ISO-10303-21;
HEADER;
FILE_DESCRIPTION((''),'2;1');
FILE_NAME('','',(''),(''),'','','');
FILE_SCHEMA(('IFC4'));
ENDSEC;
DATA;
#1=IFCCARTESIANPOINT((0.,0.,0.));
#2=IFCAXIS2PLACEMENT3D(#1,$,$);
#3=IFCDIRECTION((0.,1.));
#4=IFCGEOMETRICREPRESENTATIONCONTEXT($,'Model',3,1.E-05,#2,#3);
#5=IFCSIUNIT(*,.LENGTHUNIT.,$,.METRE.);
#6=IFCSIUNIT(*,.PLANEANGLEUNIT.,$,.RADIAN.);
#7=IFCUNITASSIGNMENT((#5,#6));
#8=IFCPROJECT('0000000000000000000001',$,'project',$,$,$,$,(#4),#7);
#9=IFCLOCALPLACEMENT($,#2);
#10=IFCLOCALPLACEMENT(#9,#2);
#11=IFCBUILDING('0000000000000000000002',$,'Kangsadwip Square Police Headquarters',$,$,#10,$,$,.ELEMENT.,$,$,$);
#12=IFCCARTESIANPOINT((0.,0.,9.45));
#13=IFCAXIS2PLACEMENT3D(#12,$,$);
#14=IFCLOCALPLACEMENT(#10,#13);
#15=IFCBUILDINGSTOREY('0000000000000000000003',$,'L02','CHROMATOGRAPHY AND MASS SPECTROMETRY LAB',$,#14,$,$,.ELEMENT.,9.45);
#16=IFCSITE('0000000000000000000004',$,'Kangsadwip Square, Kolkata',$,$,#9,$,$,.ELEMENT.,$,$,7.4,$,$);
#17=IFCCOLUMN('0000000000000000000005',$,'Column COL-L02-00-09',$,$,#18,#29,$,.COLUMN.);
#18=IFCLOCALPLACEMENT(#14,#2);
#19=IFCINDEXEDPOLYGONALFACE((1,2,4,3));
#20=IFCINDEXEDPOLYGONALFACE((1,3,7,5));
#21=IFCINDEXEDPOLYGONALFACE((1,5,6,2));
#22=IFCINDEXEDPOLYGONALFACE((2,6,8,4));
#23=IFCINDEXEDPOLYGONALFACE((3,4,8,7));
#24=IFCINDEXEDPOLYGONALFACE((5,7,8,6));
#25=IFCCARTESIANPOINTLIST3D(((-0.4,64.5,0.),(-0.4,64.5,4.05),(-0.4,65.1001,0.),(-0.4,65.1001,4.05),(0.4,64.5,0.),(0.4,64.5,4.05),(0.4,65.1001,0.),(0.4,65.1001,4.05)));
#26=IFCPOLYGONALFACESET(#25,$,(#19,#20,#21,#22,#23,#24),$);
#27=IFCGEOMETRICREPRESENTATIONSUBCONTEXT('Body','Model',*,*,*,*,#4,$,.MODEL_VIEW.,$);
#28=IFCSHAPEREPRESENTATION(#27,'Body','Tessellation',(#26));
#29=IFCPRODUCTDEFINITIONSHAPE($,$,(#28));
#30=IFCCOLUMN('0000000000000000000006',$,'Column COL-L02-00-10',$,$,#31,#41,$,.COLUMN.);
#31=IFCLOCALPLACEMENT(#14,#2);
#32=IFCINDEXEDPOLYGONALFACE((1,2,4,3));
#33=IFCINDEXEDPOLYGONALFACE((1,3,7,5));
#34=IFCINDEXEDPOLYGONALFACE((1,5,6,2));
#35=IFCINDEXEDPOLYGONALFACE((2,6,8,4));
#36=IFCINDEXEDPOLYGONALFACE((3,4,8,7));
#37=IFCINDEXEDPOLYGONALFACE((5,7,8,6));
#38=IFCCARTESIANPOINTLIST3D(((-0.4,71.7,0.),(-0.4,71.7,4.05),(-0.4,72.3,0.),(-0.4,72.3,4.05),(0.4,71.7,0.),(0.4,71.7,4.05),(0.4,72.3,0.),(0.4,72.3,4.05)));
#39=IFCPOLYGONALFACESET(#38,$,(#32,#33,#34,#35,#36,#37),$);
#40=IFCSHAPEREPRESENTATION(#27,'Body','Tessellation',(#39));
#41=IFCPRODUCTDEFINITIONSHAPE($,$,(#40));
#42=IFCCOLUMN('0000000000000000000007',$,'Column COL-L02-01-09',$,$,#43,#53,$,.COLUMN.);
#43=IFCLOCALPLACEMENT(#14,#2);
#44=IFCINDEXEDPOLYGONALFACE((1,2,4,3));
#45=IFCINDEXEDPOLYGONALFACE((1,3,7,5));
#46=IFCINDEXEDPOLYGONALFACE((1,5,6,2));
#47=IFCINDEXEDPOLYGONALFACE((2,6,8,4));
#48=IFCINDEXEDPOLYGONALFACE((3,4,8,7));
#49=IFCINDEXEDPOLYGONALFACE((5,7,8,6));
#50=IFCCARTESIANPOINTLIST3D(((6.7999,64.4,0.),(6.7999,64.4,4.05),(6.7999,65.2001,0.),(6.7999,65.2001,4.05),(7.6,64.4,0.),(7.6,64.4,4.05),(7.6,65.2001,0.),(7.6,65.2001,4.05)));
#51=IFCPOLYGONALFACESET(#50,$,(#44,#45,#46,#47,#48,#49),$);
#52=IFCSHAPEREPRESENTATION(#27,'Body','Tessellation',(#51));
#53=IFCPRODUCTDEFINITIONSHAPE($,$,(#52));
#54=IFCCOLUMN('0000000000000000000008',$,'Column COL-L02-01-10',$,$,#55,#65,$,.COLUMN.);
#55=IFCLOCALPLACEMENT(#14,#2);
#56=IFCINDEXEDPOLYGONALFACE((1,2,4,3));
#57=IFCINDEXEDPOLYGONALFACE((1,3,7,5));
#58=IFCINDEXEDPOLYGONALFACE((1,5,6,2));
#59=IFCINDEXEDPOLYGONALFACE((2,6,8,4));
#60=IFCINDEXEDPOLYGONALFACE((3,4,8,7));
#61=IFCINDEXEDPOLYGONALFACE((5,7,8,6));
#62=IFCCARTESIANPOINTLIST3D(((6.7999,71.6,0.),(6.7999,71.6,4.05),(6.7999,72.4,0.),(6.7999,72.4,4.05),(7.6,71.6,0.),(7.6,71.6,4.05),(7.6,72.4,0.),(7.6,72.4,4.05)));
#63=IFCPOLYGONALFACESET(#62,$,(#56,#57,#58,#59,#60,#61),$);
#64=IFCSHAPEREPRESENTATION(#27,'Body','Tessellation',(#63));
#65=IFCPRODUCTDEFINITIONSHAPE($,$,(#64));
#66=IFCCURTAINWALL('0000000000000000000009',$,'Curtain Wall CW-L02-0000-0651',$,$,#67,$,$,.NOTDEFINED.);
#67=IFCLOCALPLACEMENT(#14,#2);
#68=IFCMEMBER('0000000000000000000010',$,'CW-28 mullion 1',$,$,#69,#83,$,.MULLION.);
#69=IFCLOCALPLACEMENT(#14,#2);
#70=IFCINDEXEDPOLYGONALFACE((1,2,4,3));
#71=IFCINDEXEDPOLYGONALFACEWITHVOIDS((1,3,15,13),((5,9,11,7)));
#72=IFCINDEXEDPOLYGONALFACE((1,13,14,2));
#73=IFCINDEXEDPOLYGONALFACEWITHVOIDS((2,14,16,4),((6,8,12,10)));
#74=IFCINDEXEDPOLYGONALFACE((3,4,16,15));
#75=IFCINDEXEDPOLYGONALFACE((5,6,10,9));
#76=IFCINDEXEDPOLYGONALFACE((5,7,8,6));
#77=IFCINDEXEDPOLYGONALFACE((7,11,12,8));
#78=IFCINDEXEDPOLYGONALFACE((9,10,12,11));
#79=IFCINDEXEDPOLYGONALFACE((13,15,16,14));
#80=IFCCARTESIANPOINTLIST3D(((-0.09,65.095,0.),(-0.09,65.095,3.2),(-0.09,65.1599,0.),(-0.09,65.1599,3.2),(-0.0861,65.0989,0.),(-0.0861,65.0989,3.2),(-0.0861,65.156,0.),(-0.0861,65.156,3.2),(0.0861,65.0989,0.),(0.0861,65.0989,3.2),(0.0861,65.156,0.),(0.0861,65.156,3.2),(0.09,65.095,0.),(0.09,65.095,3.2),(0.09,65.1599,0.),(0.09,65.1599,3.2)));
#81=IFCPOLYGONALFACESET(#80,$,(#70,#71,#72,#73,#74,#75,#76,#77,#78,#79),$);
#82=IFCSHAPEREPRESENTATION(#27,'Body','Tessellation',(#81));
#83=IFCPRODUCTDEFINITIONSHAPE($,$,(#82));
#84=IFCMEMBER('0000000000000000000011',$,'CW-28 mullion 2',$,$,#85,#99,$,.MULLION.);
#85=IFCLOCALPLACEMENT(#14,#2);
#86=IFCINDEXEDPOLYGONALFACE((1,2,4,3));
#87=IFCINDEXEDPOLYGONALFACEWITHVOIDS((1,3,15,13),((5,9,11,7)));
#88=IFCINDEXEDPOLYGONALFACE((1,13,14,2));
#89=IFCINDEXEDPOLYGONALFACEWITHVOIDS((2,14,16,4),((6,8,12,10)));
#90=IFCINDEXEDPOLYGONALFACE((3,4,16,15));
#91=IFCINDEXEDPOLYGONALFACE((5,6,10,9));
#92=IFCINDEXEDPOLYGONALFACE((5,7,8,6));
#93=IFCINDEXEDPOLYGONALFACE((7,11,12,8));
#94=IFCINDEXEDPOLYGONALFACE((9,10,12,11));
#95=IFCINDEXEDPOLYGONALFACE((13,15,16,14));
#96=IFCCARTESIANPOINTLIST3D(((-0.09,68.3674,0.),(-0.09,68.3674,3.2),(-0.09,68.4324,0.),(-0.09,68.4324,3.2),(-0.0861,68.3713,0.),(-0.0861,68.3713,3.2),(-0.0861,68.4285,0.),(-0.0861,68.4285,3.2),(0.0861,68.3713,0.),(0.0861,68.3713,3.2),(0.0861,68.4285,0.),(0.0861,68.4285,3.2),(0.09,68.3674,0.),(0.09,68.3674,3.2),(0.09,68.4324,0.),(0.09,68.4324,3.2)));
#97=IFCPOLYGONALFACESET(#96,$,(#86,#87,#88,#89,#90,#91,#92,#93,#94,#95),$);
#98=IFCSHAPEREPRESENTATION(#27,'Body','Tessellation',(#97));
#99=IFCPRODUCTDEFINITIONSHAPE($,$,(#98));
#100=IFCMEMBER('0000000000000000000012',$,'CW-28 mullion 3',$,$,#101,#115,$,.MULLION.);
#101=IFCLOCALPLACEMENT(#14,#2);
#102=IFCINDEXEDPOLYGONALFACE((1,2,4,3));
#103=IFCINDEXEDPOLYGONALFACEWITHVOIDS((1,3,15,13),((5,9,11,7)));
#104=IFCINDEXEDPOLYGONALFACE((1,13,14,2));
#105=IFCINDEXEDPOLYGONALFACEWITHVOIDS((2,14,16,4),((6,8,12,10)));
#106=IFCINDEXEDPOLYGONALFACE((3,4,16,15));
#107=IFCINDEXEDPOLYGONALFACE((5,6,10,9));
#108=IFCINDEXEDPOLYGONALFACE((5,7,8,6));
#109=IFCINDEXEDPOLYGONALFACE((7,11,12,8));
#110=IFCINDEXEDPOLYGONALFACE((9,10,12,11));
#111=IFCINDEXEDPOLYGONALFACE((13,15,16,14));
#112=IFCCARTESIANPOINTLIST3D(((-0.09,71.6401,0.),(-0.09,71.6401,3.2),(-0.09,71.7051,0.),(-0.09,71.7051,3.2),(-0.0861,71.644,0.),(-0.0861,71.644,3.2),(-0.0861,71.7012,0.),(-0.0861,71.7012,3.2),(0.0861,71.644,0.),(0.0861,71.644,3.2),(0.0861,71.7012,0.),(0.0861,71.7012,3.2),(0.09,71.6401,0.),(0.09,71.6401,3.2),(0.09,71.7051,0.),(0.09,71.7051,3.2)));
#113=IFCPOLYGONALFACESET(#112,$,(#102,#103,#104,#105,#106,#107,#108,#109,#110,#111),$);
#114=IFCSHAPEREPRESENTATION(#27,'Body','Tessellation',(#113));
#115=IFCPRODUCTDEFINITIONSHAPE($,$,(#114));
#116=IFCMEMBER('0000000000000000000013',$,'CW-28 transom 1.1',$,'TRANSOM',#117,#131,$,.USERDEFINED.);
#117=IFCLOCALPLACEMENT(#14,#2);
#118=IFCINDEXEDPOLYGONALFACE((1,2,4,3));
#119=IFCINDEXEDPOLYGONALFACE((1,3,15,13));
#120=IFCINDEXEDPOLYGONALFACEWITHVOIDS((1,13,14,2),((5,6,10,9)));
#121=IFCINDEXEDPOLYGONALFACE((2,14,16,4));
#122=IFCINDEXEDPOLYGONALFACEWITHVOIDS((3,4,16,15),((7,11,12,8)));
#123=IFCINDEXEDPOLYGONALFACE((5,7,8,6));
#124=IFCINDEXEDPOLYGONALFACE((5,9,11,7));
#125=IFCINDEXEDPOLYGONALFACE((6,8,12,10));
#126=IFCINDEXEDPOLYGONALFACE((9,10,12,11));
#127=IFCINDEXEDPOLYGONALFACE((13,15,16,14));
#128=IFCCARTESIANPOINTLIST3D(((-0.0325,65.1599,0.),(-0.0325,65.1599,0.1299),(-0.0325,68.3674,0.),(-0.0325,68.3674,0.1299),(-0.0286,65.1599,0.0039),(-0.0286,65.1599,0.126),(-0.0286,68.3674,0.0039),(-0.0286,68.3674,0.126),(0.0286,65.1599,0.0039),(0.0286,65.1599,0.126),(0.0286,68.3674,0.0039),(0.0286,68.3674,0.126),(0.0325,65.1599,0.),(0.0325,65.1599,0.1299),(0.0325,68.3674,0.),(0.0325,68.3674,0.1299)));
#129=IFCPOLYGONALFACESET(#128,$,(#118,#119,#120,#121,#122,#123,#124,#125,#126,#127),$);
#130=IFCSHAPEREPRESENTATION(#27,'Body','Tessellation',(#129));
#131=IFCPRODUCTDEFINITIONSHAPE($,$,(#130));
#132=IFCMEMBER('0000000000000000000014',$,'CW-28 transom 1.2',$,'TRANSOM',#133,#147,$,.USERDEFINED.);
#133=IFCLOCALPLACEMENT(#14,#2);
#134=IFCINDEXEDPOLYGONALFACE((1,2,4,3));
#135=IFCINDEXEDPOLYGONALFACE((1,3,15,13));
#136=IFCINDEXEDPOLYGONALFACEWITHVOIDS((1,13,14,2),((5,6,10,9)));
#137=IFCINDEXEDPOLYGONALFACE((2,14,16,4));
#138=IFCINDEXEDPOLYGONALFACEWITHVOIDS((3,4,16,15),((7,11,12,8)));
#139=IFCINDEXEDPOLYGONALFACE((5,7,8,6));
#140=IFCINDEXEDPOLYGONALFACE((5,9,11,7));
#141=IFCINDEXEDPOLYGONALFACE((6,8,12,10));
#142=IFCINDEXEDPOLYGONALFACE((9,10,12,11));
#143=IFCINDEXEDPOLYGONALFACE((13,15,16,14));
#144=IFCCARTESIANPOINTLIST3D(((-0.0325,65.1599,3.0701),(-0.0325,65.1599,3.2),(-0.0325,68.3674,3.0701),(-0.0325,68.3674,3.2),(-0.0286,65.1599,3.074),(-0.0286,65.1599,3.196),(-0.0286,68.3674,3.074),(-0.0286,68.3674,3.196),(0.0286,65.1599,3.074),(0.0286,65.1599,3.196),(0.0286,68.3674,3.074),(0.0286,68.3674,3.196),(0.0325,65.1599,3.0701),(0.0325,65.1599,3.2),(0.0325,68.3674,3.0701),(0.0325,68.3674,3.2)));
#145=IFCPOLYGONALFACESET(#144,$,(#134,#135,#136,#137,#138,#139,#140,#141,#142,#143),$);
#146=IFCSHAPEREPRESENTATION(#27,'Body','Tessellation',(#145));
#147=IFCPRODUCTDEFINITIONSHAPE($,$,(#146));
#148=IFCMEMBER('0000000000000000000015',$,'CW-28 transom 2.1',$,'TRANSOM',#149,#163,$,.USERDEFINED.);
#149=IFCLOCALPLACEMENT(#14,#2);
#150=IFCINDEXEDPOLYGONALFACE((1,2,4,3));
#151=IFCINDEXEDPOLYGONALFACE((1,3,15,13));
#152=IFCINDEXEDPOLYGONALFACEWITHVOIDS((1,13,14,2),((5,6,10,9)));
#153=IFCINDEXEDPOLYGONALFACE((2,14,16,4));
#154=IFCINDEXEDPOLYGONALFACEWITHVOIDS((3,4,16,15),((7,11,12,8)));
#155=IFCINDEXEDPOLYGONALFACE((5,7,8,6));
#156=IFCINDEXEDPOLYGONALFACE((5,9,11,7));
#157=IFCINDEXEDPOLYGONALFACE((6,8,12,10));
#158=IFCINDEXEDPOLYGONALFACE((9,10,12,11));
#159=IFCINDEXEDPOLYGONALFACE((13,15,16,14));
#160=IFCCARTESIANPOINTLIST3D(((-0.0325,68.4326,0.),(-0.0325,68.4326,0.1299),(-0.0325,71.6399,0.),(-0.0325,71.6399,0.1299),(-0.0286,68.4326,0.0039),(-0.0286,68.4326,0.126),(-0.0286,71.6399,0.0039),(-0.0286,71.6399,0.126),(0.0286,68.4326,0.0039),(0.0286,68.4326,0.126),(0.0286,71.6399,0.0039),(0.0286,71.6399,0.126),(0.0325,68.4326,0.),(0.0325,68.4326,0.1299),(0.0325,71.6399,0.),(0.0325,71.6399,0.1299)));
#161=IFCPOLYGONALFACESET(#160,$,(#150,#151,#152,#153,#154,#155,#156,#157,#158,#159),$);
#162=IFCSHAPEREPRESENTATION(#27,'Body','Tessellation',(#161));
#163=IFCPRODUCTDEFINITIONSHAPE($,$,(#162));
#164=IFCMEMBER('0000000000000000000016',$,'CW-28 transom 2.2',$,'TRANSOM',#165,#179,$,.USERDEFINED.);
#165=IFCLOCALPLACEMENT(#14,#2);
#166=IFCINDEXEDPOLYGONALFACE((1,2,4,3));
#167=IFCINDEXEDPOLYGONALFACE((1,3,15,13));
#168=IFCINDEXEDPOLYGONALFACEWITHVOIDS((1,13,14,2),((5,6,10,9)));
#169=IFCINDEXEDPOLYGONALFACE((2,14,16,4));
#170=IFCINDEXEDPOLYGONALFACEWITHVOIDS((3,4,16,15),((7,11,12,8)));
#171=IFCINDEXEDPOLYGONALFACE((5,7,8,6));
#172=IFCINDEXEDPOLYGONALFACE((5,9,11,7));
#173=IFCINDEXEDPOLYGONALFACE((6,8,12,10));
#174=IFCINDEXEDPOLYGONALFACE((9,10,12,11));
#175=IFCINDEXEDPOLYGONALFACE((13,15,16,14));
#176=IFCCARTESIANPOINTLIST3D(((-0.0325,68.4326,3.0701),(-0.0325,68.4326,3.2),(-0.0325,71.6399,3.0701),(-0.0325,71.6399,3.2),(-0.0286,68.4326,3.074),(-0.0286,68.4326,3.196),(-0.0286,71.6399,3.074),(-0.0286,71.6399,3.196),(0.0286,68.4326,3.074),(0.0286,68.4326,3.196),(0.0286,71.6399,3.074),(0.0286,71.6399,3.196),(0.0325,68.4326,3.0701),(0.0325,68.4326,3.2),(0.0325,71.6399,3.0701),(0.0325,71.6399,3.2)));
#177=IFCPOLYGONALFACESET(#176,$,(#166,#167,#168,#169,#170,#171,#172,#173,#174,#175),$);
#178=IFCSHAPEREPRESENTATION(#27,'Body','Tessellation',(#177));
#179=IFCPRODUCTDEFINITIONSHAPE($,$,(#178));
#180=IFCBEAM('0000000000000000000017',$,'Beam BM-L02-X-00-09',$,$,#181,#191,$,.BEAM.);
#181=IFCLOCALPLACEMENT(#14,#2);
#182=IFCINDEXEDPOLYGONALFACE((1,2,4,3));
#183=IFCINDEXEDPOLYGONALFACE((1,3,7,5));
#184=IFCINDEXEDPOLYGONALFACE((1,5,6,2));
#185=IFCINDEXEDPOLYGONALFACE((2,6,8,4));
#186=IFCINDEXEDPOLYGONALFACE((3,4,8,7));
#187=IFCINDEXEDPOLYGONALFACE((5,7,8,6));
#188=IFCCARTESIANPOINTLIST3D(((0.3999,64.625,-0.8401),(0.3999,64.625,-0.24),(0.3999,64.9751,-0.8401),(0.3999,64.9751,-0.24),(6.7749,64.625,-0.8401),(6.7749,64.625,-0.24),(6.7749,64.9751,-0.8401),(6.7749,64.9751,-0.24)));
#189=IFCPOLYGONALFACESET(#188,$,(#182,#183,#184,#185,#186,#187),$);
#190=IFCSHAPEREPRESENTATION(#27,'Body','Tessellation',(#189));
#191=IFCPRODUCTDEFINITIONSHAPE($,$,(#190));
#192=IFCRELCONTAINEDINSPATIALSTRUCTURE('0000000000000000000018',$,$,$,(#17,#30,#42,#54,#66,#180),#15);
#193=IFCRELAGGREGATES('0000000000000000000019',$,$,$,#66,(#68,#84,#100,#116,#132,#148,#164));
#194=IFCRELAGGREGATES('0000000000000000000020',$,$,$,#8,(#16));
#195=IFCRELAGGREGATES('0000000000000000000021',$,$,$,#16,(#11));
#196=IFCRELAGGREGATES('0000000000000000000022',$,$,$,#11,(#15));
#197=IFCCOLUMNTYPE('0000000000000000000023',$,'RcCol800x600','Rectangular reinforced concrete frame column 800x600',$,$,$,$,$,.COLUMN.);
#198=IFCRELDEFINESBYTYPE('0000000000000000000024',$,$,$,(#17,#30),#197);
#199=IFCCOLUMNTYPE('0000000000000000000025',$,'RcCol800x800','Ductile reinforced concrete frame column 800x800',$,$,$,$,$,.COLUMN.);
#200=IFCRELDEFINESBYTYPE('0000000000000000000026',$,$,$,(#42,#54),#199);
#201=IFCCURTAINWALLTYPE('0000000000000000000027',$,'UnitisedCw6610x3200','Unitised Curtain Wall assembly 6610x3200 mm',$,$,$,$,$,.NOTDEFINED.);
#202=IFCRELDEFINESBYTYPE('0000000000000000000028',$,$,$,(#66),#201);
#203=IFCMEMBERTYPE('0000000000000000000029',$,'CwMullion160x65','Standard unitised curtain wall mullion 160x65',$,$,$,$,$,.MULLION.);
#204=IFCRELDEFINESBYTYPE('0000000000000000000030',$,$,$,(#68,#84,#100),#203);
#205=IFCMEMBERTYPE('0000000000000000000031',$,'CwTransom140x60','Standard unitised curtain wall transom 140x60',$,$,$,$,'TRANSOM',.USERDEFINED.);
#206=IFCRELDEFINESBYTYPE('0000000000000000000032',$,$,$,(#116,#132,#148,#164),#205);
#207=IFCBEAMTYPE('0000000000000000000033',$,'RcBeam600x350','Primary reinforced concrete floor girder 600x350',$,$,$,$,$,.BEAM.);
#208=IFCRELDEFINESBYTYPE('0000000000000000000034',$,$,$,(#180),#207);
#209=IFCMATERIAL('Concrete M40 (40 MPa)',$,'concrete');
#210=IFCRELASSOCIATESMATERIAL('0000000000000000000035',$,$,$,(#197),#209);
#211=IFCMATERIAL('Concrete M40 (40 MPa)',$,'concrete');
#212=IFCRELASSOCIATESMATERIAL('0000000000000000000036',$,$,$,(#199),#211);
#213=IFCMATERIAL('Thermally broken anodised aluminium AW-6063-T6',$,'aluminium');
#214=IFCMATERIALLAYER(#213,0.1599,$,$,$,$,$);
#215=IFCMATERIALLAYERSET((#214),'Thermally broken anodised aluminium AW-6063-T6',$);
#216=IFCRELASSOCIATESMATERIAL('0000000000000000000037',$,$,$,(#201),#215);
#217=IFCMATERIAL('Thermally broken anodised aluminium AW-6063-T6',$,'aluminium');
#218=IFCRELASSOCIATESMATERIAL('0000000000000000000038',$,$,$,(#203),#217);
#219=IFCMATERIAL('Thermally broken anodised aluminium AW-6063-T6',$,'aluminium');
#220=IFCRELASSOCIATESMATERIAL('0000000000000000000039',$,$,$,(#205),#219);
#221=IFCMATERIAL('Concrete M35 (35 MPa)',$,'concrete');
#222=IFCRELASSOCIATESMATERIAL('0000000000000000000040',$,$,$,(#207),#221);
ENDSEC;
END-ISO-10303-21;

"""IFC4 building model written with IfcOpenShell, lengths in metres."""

from ifc_helpers import new_model, si_unit, direction, frame, origin, origin_2d, place, context, subcontext, project, spatial, rectangle, hollow_rectangle, extrude, material, layer, layer_set, material_profile, profile_set, type_object, element, aggregate, save


model = new_model("IFC4")

# Units and contexts
model_context = context("Model", 3, precision=1e-05, world=origin(), true_north=direction((0.0, 1.0)))
body_context = subcontext(model_context, "Body", "Model", "MODEL_VIEW")
ifc_project = project(units=[si_unit("LENGTHUNIT", "METRE"), si_unit("PLANEANGLEUNIT", "RADIAN")], contexts=[model_context])

# Site, building, storey
site_placement = place(None, origin())
site = spatial("IfcSite", under=ifc_project, at=site_placement, Name="Kangsadwip Square, Kolkata", CompositionType="ELEMENT", RefElevation=7.4)
building_placement = place(site_placement, origin())
building = spatial("IfcBuilding", under=site, at=building_placement, Name="Kangsadwip Square Police Headquarters", CompositionType="ELEMENT")
storey_placement = place(building_placement, frame((0.0, 0.0, 9.45)))
storey = spatial("IfcBuildingStorey", under=building, at=storey_placement, Name="L02", Description="CHROMATOGRAPHY AND MASS SPECTROMETRY LAB", CompositionType="ELEMENT", Elevation=9.45)

# Columns
ifc_material_1 = material(Name="Concrete M40 (40 MPa)", Category="concrete")
ifc_material_profile_1 = material_profile(ifc_material_1, rectangle(XDim=0.6001, YDim=0.8, at=origin_2d()), Name="RC COL 800X600")
ifc_profile_set_1 = profile_set([ifc_material_profile_1], Name="Concrete M40 (40 MPa)")
column_type_1 = type_object("IfcColumnType", Name="RcCol800x600", Description="Rectangular reinforced concrete frame column 800x600", PredefinedType="COLUMN", material=ifc_profile_set_1)
for number, where, z_axis, x_axis, name in (
    (1, (0.0, 64.8, 0.0), (0.0, 0.0, 1.0), (0.0, 1.0, 0.0), "Column COL-L02-00-09"),
    (2, (0.0, 72.0, 0.0), (0.0, 0.0, 1.0), (0.0, 1.0, 0.0), "Column COL-L02-00-10"),
):
    element("IfcColumn", number, at=place(storey_placement, frame(where, z_axis=z_axis, x_axis=x_axis)), inside=storey, type_object=column_type_1, Name=name, PredefinedType="COLUMN", context=body_context, shape_type="SweptSolid", body=[
        extrude(rectangle(XDim=0.6001, YDim=0.8, at=origin_2d()), origin(), (0.0, 0.0, 1.0), 4.05),
    ])
ifc_material_2 = material(Name="Concrete M40 (40 MPa)", Category="concrete")
ifc_material_profile_2 = material_profile(ifc_material_2, rectangle(XDim=0.8, YDim=0.8, at=origin_2d()), Name="RC COL 800X800")
ifc_profile_set_2 = profile_set([ifc_material_profile_2], Name="Concrete M40 (40 MPa)")
column_type_2 = type_object("IfcColumnType", Name="RcCol800x800", Description="Ductile reinforced concrete frame column 800x800", PredefinedType="COLUMN", material=ifc_profile_set_2)
for number, where, z_axis, x_axis, name in (
    (3, (7.2, 64.8, 0.0), (0.0, 0.0, 1.0), (1.0, 0.0, 0.0), "Column COL-L02-01-09"),
    (4, (7.2, 72.0, 0.0), (0.0, 0.0, 1.0), (1.0, 0.0, 0.0), "Column COL-L02-01-10"),
):
    element("IfcColumn", number, at=place(storey_placement, frame(where, z_axis=z_axis, x_axis=x_axis)), inside=storey, type_object=column_type_2, Name=name, PredefinedType="COLUMN", context=body_context, shape_type="SweptSolid", body=[
        extrude(rectangle(XDim=0.8, YDim=0.8, at=origin_2d()), origin(), (0.0, 0.0, 1.0), 4.05),
    ])

# Curtain wall, members
ifc_material_3 = material(Name="Thermally broken anodised aluminium AW-6063-T6", Category="aluminium")
ifc_layer_1 = layer(ifc_material_3, 0.1599)
ifc_layer_set_1 = layer_set([ifc_layer_1], Name="Thermally broken anodised aluminium AW-6063-T6")
curtain_wall_type = type_object("IfcCurtainWallType", Name="UnitisedCw6610x3200", Description="Unitised Curtain Wall assembly 6610x3200 mm", PredefinedType="NOTDEFINED", material=ifc_layer_set_1)
curtain_wall_placement = place(storey_placement, origin())
curtain_wall = element("IfcCurtainWall", 5, at=curtain_wall_placement, inside=storey, type_object=curtain_wall_type, Name="Curtain Wall CW-L02-0000-0651", PredefinedType="NOTDEFINED")
ifc_material_4 = material(Name="Thermally broken anodised aluminium AW-6063-T6", Category="aluminium")
ifc_material_profile_3 = material_profile(ifc_material_4, hollow_rectangle(XDim=0.0649, YDim=0.1799, WallThickness=0.0039, at=origin_2d()), Name="CWM 180X65X4")
ifc_profile_set_3 = profile_set([ifc_material_profile_3], Name="Thermally broken anodised aluminium AW-6063-T6")
member_type_1 = type_object("IfcMemberType", Name="CwMullion160x65", Description="Standard unitised curtain wall mullion 160x65", PredefinedType="MULLION", material=ifc_profile_set_3)
member_1_placement = place(storey_placement, frame((0.0, 65.1274, 0.0), z_axis=(0.0, 0.0, 1.0), x_axis=(0.0, 1.0, 0.0)))
member_1 = element("IfcMember", 6, at=member_1_placement, type_object=member_type_1, Name="CW-28 mullion 1", PredefinedType="MULLION", context=body_context, shape_type="SweptSolid", body=[
    extrude(hollow_rectangle(XDim=0.0649, YDim=0.1799, WallThickness=0.0039, at=origin_2d()), origin(), (0.0, 0.0, 1.0), 3.2),
])
member_2_placement = place(storey_placement, frame((0.0, 68.3999, 0.0), z_axis=(0.0, 0.0, 1.0), x_axis=(0.0, 1.0, 0.0)))
member_2 = element("IfcMember", 7, at=member_2_placement, type_object=member_type_1, Name="CW-28 mullion 2", PredefinedType="MULLION", context=body_context, shape_type="SweptSolid", body=[
    extrude(hollow_rectangle(XDim=0.0649, YDim=0.1799, WallThickness=0.0039, at=origin_2d()), origin(), (0.0, 0.0, 1.0), 3.2),
])
member_3_placement = place(storey_placement, frame((0.0, 71.6726, 0.0), z_axis=(0.0, 0.0, 1.0), x_axis=(0.0, 1.0, 0.0)))
member_3 = element("IfcMember", 8, at=member_3_placement, type_object=member_type_1, Name="CW-28 mullion 3", PredefinedType="MULLION", context=body_context, shape_type="SweptSolid", body=[
    extrude(hollow_rectangle(XDim=0.0649, YDim=0.1799, WallThickness=0.0039, at=origin_2d()), origin(), (0.0, 0.0, 1.0), 3.2),
])
ifc_material_5 = material(Name="Thermally broken anodised aluminium AW-6063-T6", Category="aluminium")
ifc_material_profile_4 = material_profile(ifc_material_5, hollow_rectangle(XDim=0.0649, YDim=0.1299, WallThickness=0.0039, at=origin_2d()), Name="CWT 130X65X4")
ifc_profile_set_4 = profile_set([ifc_material_profile_4], Name="Thermally broken anodised aluminium AW-6063-T6")
member_type_2 = type_object("IfcMemberType", Name="CwTransom140x60", Description="Standard unitised curtain wall transom 140x60", ElementType="TRANSOM", PredefinedType="USERDEFINED", material=ifc_profile_set_4)
member_4_placement = place(storey_placement, frame((0.0, 65.1599, 0.0649), z_axis=(0.0, 1.0, 0.0), x_axis=(-1.0, 0.0, 0.0)))
member_4 = element("IfcMember", 9, at=member_4_placement, type_object=member_type_2, Name="CW-28 transom 1.1", ObjectType="TRANSOM", PredefinedType="USERDEFINED", context=body_context, shape_type="SweptSolid", body=[
    extrude(hollow_rectangle(XDim=0.0649, YDim=0.1299, WallThickness=0.0039, at=origin_2d()), origin(), (0.0, 0.0, 1.0), 3.2075),
])
member_5_placement = place(storey_placement, frame((0.0, 65.1599, 3.135), z_axis=(0.0, 1.0, 0.0), x_axis=(-1.0, 0.0, 0.0)))
member_5 = element("IfcMember", 10, at=member_5_placement, type_object=member_type_2, Name="CW-28 transom 1.2", ObjectType="TRANSOM", PredefinedType="USERDEFINED", context=body_context, shape_type="SweptSolid", body=[
    extrude(hollow_rectangle(XDim=0.0649, YDim=0.1299, WallThickness=0.0039, at=origin_2d()), origin(), (0.0, 0.0, 1.0), 3.2075),
])
member_6_placement = place(storey_placement, frame((0.0, 68.4326, 0.0649), z_axis=(0.0, 1.0, 0.0), x_axis=(-1.0, 0.0, 0.0)))
member_6 = element("IfcMember", 11, at=member_6_placement, type_object=member_type_2, Name="CW-28 transom 2.1", ObjectType="TRANSOM", PredefinedType="USERDEFINED", context=body_context, shape_type="SweptSolid", body=[
    extrude(hollow_rectangle(XDim=0.0649, YDim=0.1299, WallThickness=0.0039, at=origin_2d()), origin(), (0.0, 0.0, 1.0), 3.2073),
])
member_7_placement = place(storey_placement, frame((0.0, 68.4326, 3.135), z_axis=(0.0, 1.0, 0.0), x_axis=(-1.0, 0.0, 0.0)))
member_7 = element("IfcMember", 12, at=member_7_placement, type_object=member_type_2, Name="CW-28 transom 2.2", ObjectType="TRANSOM", PredefinedType="USERDEFINED", context=body_context, shape_type="SweptSolid", body=[
    extrude(hollow_rectangle(XDim=0.0649, YDim=0.1299, WallThickness=0.0039, at=origin_2d()), origin(), (0.0, 0.0, 1.0), 3.2073),
])

# Beam
ifc_material_6 = material(Name="Concrete M35 (35 MPa)", Category="concrete")
ifc_material_profile_5 = material_profile(ifc_material_6, rectangle(XDim=0.3501, YDim=0.6001, at=origin_2d()), Name="RC BM 600X350")
ifc_profile_set_5 = profile_set([ifc_material_profile_5], Name="Concrete M35 (35 MPa)")
beam_type_1 = type_object("IfcBeamType", Name="RcBeam600x350", Description="Primary reinforced concrete floor girder 600x350", PredefinedType="BEAM", material=ifc_profile_set_5)
beam_1_placement = place(storey_placement, frame((0.3999, 64.8, -0.54), z_axis=(1.0, 0.0, 0.0), x_axis=(0.0, 1.0, 0.0)))
element("IfcBeam", 13, at=beam_1_placement, inside=storey, type_object=beam_type_1, Name="Beam BM-L02-X-00-09", PredefinedType="BEAM", context=body_context, shape_type="SweptSolid", body=[
    extrude(rectangle(XDim=0.3501, YDim=0.6001, at=origin_2d()), origin(), (0.0, 0.0, 1.0), 6.375),
])

aggregate(curtain_wall, [member_1, member_2, member_3, member_4, member_5, member_6, member_7])

save(model, "model.ifc")
